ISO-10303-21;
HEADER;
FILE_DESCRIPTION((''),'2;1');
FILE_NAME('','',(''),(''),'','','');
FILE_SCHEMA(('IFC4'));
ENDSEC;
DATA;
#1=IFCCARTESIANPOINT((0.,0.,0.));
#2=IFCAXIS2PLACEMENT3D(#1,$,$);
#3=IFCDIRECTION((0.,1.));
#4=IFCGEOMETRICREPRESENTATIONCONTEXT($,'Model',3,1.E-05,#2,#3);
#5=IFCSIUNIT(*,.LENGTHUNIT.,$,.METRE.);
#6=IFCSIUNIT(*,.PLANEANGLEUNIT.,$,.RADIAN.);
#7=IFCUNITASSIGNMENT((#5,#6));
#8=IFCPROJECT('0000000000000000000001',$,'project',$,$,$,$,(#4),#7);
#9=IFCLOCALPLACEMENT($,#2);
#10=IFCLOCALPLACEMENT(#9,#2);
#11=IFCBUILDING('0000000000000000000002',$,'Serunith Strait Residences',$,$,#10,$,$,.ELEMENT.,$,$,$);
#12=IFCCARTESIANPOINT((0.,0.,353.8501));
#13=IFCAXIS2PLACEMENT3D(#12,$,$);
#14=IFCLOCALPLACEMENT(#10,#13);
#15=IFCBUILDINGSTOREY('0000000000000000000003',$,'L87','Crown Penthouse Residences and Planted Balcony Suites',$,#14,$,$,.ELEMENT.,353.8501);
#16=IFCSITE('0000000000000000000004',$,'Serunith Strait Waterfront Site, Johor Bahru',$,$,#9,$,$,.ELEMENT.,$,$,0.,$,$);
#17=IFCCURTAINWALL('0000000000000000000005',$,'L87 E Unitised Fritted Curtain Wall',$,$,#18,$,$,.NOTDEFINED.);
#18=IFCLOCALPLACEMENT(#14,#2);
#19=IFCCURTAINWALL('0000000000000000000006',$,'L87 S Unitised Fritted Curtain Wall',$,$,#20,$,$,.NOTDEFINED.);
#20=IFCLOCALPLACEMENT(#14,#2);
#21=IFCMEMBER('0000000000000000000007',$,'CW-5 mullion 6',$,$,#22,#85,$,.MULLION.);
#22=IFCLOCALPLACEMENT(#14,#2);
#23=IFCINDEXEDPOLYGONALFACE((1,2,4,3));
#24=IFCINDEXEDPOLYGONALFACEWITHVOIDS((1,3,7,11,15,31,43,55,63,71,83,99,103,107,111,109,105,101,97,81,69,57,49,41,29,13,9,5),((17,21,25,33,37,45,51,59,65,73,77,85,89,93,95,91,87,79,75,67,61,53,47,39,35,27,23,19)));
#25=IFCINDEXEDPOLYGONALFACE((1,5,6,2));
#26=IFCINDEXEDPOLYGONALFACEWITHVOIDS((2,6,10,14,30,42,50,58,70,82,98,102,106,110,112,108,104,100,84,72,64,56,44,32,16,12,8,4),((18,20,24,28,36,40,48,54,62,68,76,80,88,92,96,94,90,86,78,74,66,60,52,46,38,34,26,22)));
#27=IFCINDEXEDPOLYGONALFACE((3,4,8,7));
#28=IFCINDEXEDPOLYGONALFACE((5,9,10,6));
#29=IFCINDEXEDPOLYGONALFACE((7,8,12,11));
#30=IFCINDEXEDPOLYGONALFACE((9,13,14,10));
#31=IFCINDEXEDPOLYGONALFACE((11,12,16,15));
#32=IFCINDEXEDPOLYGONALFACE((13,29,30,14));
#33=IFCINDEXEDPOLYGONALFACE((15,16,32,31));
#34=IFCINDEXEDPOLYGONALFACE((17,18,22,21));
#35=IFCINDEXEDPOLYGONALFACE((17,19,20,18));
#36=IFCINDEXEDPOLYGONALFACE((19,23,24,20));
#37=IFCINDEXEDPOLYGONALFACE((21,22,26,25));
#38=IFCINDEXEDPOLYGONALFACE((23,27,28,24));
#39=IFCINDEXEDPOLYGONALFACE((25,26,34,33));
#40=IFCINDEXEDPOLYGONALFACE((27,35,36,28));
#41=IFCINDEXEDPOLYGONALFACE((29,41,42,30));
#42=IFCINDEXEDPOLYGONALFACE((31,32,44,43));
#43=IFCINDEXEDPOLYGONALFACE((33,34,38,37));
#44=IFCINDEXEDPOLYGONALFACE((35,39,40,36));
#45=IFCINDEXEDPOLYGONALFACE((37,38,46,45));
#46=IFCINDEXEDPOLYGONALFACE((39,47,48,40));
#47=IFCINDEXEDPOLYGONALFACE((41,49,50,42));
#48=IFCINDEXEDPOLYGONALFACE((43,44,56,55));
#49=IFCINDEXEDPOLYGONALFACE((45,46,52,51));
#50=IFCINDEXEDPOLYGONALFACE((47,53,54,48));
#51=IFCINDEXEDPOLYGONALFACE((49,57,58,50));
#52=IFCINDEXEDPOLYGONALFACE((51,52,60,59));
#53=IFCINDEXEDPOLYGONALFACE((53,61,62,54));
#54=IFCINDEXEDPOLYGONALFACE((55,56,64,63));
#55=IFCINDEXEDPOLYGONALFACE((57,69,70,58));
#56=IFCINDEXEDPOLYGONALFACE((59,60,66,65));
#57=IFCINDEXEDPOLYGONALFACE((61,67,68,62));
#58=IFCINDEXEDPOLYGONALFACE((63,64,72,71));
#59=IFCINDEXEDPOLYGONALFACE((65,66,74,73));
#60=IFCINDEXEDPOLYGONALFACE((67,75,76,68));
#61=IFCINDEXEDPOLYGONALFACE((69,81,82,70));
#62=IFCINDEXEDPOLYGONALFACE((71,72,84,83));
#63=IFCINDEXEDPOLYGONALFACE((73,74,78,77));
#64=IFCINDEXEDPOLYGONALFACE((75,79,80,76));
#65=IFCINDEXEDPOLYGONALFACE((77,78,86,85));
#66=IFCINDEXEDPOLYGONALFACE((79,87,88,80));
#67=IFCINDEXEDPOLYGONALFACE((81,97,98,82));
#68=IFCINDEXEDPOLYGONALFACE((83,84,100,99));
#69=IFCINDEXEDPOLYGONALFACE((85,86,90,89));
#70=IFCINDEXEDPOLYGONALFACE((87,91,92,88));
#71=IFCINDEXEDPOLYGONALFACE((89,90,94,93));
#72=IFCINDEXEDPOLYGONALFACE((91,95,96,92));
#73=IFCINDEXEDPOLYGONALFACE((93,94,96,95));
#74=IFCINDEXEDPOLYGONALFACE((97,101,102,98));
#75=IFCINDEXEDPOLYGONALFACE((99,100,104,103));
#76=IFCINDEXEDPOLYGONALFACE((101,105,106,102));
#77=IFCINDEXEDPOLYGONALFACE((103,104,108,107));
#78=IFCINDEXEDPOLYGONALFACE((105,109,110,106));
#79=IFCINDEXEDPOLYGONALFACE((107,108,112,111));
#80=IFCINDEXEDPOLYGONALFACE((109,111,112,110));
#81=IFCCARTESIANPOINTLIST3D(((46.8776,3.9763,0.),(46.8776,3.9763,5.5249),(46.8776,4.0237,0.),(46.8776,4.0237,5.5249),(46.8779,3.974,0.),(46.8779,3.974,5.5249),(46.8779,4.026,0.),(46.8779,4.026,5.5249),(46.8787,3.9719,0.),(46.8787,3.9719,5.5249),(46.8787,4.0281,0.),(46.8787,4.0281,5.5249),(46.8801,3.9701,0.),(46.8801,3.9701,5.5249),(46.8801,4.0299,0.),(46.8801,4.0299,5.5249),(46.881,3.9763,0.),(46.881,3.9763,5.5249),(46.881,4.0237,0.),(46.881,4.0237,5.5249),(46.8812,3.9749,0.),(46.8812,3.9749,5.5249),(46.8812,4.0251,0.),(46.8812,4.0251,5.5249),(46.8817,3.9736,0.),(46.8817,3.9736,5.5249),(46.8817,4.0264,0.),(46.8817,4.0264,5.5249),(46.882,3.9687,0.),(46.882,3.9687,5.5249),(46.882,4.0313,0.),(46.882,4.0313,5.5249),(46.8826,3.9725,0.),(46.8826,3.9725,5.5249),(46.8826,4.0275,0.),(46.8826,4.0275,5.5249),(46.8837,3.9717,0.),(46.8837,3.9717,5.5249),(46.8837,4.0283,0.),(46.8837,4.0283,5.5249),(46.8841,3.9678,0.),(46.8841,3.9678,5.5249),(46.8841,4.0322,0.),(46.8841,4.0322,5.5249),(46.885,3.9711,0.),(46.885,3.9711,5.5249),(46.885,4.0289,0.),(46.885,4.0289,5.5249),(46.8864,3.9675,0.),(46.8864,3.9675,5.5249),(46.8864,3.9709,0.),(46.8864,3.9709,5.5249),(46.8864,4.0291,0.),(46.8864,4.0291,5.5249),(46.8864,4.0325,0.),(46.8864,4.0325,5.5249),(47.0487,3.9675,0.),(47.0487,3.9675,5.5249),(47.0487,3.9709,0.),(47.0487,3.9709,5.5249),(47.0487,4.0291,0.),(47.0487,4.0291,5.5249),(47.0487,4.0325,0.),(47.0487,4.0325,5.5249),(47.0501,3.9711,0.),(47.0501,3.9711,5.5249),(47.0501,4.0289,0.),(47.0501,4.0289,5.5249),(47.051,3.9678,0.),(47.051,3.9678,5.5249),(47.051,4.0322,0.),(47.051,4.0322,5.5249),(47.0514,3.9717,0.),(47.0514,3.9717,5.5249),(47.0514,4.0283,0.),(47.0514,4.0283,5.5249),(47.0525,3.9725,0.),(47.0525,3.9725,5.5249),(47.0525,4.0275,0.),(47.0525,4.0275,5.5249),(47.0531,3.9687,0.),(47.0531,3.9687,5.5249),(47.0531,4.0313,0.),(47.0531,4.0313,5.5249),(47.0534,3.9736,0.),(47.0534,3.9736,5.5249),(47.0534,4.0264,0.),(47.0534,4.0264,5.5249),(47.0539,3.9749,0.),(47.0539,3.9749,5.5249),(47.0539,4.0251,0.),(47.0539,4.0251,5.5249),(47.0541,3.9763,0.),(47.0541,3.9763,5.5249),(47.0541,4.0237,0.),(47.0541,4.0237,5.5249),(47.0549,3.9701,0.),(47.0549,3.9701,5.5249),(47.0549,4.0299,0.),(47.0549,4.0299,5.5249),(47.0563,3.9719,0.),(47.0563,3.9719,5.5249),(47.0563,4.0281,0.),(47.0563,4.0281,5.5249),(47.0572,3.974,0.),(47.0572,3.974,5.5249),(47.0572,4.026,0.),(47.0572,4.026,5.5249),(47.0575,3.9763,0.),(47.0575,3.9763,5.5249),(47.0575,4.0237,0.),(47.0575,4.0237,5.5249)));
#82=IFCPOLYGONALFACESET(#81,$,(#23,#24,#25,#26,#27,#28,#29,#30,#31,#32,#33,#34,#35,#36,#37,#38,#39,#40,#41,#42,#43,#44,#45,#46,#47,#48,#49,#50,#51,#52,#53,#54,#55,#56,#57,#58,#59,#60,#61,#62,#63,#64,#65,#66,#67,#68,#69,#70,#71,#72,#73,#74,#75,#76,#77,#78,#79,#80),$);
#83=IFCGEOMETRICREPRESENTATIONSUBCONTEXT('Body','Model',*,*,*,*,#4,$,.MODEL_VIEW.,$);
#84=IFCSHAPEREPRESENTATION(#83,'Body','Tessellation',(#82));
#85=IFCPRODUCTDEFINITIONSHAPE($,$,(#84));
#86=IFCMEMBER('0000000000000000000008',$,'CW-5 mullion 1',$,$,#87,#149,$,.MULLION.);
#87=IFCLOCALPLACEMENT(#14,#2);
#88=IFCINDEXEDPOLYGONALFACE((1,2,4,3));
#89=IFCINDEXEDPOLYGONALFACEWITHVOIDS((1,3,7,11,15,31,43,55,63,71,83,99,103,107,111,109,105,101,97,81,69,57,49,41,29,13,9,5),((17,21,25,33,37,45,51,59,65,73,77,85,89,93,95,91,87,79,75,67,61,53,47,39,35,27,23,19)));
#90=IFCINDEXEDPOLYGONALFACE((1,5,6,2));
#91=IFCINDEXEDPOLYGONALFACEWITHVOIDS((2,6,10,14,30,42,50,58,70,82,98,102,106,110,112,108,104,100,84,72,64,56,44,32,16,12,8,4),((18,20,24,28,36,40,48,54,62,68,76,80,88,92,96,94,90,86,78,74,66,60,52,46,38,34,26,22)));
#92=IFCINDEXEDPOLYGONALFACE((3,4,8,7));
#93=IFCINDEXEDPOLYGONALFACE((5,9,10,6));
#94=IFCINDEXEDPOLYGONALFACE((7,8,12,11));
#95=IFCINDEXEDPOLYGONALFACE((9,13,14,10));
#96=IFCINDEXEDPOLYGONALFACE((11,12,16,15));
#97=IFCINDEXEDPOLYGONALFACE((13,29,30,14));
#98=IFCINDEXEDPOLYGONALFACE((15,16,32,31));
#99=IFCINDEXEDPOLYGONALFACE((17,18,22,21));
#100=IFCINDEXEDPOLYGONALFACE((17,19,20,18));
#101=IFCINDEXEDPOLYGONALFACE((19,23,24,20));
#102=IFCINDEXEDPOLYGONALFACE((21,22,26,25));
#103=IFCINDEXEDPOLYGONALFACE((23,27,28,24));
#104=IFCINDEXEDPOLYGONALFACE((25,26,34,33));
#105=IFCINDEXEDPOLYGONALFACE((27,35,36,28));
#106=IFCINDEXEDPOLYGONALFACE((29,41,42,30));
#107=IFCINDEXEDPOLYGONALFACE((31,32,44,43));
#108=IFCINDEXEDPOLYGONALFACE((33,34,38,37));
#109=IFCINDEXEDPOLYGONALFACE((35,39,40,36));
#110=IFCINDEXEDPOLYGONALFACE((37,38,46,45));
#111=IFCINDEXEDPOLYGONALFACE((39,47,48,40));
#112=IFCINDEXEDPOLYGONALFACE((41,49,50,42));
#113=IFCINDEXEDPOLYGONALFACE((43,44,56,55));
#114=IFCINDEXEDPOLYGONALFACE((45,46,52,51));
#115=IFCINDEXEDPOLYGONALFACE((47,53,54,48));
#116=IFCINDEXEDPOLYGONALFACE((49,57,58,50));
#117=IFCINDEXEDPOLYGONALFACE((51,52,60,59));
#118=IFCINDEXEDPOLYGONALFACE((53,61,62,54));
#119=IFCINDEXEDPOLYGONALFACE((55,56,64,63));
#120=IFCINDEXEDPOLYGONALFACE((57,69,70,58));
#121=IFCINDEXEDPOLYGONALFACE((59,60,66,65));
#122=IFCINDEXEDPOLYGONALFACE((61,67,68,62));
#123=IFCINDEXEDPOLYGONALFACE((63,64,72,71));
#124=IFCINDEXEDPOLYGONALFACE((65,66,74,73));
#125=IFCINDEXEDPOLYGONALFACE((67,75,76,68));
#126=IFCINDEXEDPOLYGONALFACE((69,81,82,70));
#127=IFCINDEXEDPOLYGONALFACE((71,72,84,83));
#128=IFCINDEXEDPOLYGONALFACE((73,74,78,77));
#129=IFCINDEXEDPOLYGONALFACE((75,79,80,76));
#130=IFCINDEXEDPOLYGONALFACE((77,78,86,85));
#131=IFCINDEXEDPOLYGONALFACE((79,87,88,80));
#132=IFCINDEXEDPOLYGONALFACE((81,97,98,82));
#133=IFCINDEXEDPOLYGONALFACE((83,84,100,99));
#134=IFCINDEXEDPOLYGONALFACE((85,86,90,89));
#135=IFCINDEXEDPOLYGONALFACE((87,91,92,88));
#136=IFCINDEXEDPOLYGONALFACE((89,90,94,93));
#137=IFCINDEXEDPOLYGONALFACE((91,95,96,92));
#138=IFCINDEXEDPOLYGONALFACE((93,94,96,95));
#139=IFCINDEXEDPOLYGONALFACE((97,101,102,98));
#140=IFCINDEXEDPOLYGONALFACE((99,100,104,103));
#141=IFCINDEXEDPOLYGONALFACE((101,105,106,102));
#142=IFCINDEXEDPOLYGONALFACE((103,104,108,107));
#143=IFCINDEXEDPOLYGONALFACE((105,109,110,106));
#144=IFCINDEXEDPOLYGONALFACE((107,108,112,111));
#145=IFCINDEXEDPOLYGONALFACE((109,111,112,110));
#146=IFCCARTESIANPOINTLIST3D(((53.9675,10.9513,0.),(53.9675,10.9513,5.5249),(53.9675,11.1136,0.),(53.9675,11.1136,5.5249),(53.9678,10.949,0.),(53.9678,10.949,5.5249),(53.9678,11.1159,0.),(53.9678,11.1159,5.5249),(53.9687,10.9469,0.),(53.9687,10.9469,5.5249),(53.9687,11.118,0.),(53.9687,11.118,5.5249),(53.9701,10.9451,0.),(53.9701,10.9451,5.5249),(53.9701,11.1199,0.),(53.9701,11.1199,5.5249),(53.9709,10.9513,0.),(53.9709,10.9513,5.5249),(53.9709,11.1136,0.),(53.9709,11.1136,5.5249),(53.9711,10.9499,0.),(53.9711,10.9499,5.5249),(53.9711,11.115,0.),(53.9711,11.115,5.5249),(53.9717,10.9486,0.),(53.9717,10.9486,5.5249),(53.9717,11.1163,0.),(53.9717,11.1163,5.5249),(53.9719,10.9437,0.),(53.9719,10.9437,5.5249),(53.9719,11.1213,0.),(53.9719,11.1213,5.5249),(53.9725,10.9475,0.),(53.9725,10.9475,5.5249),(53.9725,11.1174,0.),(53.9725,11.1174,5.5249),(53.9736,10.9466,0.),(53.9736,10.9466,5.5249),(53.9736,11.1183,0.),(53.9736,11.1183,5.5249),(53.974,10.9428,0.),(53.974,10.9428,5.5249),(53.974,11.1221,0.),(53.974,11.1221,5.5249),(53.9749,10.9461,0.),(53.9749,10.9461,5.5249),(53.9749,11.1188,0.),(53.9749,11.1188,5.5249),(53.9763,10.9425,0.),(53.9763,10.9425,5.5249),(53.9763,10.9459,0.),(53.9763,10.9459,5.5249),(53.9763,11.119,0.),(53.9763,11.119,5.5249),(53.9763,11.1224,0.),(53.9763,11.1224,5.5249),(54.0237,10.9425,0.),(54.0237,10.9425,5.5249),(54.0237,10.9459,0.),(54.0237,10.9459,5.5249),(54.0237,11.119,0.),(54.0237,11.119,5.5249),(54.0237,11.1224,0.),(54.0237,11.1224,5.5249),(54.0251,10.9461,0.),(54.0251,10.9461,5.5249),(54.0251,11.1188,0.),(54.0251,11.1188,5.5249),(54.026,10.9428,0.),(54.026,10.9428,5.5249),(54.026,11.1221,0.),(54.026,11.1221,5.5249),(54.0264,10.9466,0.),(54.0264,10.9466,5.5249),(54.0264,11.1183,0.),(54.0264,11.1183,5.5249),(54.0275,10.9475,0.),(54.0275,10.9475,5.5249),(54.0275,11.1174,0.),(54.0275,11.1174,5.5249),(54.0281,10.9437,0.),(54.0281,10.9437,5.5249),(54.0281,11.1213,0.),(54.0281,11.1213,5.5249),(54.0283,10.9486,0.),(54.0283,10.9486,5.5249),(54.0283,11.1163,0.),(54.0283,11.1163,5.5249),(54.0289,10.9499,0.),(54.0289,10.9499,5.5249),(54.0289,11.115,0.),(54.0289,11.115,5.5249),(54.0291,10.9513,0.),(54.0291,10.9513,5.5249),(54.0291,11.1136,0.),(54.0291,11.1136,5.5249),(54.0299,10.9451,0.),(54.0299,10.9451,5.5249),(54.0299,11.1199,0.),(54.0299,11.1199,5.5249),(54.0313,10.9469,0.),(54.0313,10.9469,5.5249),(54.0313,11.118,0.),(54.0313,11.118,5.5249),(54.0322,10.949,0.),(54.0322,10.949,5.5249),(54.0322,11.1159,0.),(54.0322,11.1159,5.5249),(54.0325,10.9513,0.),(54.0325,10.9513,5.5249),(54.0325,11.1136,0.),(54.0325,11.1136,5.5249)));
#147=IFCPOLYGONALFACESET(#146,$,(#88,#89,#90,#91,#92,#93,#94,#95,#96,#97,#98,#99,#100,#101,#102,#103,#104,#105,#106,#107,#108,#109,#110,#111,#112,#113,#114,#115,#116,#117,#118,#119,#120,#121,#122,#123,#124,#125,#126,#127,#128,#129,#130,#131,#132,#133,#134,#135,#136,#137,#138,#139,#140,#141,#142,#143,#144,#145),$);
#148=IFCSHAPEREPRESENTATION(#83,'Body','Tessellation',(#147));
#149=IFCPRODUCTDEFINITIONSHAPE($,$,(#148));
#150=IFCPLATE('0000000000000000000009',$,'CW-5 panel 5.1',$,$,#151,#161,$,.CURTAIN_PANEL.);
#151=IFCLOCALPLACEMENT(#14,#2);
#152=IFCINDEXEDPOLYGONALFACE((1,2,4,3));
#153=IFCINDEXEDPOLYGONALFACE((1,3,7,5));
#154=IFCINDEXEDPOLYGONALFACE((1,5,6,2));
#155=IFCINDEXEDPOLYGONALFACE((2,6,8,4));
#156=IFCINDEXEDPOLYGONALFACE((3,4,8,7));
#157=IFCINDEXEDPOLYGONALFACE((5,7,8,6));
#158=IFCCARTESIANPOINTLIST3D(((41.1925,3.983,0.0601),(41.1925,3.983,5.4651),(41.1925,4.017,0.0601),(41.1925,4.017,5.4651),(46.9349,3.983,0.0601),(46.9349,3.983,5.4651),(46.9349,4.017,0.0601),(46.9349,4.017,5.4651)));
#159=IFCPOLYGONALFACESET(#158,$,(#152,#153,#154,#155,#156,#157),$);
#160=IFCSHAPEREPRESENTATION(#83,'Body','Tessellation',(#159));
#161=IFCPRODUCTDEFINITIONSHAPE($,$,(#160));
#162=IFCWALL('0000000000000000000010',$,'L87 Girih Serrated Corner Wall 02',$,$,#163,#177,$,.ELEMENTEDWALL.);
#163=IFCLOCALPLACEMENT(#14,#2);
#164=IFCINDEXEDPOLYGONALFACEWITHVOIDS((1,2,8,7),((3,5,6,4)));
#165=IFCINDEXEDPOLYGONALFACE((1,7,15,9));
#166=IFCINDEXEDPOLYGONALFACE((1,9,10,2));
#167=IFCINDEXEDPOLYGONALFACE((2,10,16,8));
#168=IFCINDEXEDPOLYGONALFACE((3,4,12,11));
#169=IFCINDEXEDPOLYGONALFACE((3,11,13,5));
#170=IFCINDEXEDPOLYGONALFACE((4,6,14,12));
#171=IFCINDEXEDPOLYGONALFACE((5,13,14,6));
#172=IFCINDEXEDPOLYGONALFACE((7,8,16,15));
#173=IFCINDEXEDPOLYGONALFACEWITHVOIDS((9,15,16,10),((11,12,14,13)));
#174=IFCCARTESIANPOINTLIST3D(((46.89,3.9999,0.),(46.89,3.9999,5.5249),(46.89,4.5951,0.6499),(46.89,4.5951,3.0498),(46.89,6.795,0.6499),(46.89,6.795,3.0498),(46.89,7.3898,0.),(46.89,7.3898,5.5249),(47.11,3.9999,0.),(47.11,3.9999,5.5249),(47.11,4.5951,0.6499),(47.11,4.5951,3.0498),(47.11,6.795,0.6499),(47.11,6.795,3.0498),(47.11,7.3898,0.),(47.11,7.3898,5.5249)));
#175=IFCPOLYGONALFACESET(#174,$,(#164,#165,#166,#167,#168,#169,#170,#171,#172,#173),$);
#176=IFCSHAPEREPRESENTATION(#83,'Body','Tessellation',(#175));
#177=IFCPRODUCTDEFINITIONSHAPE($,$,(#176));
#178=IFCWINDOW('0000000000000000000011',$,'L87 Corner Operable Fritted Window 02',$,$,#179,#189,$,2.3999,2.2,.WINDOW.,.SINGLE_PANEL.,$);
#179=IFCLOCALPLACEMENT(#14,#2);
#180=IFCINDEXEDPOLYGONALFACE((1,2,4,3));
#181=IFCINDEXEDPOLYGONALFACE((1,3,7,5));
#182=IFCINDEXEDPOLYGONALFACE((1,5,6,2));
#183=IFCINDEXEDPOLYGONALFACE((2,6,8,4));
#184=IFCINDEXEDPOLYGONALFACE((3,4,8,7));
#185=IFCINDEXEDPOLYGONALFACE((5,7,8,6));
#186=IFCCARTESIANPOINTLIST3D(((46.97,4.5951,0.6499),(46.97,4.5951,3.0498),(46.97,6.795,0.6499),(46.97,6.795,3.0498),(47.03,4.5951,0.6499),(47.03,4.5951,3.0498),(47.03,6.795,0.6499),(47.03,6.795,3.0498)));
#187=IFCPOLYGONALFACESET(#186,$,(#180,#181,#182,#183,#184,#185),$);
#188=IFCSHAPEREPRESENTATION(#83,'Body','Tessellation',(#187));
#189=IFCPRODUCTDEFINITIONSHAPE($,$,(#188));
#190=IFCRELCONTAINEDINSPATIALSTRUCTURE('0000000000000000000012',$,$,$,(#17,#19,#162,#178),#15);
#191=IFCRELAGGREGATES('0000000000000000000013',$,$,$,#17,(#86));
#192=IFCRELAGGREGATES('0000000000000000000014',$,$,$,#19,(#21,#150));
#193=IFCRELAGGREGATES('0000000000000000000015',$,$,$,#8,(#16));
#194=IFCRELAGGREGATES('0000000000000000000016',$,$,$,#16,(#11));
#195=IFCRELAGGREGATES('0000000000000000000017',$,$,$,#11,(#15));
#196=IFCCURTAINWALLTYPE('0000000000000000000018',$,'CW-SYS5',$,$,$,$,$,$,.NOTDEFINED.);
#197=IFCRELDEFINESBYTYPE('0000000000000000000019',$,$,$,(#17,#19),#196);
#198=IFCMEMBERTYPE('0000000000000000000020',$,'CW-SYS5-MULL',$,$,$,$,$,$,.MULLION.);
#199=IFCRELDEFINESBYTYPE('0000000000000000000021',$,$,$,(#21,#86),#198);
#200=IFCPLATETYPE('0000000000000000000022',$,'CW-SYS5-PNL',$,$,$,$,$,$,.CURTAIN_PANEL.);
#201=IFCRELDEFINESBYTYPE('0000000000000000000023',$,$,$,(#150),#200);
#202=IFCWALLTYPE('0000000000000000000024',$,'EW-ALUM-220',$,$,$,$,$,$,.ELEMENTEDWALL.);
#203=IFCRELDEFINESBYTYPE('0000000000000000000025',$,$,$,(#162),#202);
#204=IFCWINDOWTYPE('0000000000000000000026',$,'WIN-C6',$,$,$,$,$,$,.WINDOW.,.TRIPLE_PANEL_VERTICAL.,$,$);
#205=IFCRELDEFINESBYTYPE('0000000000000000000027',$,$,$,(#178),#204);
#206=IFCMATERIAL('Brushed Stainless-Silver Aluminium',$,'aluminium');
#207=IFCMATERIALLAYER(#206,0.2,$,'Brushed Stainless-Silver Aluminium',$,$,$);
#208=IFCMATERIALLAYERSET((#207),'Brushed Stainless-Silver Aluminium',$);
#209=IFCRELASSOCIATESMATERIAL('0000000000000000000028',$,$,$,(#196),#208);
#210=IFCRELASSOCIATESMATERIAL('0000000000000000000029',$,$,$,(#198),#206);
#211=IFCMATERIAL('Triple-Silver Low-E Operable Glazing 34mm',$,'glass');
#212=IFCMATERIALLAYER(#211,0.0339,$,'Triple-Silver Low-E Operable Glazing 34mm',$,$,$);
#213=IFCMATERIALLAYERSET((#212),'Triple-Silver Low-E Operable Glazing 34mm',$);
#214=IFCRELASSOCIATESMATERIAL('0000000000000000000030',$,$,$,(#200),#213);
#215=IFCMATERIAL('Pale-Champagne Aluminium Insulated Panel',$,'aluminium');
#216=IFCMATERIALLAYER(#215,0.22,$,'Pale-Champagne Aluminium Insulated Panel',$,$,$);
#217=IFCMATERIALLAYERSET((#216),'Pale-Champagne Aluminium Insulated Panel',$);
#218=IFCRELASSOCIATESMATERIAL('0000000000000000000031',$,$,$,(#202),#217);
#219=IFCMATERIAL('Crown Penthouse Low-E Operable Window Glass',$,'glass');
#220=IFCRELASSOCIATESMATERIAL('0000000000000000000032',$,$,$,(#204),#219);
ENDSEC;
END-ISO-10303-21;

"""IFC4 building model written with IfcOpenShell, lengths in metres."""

from ifc_helpers import new_model, si_unit, direction, frame, frame_2d, origin, origin_2d, place, context, subcontext, project, spatial, rectangle, hollow_rectangle, extrude, source, transform, mapped, material, layer, layer_set, material_profile, profile_set, type_object, element, fill, aggregate, save


model = new_model("IFC4")

# Units and contexts
model_context = context("Model", 3, precision=1e-05, world=origin(), true_north=direction((0.0, 1.0)))
body_context = subcontext(model_context, "Body", "Model", "MODEL_VIEW")
ifc_project = project(units=[si_unit("LENGTHUNIT", "METRE"), si_unit("PLANEANGLEUNIT", "RADIAN")], contexts=[model_context])

# Site, building, storey
site_placement = place(None, origin())
site = spatial("IfcSite", under=ifc_project, at=site_placement, Name="Serunith Strait Waterfront Site, Johor Bahru", CompositionType="ELEMENT", RefElevation=0.0)
building_placement = place(site_placement, origin())
building = spatial("IfcBuilding", under=site, at=building_placement, Name="Serunith Strait Residences", CompositionType="ELEMENT")
storey_placement = place(building_placement, frame((0.0, 0.0, 353.8501)))
storey = spatial("IfcBuildingStorey", under=building, at=storey_placement, Name="L87", Description="Crown Penthouse Residences and Planted Balcony Suites", CompositionType="ELEMENT", Elevation=353.8501)

# Curtain walls, member
ifc_material_1 = material(Name="Brushed Stainless-Silver Aluminium", Category="aluminium")
ifc_layer_1 = layer(ifc_material_1, 0.2, Name="Brushed Stainless-Silver Aluminium")
ifc_layer_set_1 = layer_set([ifc_layer_1], Name="Brushed Stainless-Silver Aluminium")
curtain_wall_type = type_object("IfcCurtainWallType", Name="CW-SYS5", PredefinedType="NOTDEFINED", material=ifc_layer_set_1)
curtain_wall_1_placement = place(storey_placement, origin())
curtain_wall_1 = element("IfcCurtainWall", 1, at=curtain_wall_1_placement, inside=storey, type_object=curtain_wall_type, Name="L87 E Unitised Fritted Curtain Wall", PredefinedType="NOTDEFINED")
curtain_wall_2_placement = place(storey_placement, origin())
curtain_wall_2 = element("IfcCurtainWall", 2, at=curtain_wall_2_placement, inside=storey, type_object=curtain_wall_type, Name="L87 S Unitised Fritted Curtain Wall", PredefinedType="NOTDEFINED")
ifc_material_profile_1 = material_profile(ifc_material_1, hollow_rectangle(XDim=0.0649, YDim=0.1799, WallThickness=0.0034, InnerFilletRadius=0.0054, OuterFilletRadius=0.0088, at=origin_2d()), Name="ALU 180x65x3.5")
ifc_profile_set_1 = profile_set([ifc_material_profile_1], Name="Brushed Stainless-Silver Aluminium")
member_type_1 = type_object("IfcMemberType", Name="CW-SYS5-MULL", PredefinedType="MULLION", material=ifc_profile_set_1)
shared_shape_1 = source(origin(), body_context, "Body", "SweptSolid", [
    extrude(hollow_rectangle(XDim=0.0649, YDim=0.1799, WallThickness=0.0034, InnerFilletRadius=0.0054, OuterFilletRadius=0.0088, at=origin_2d()), origin(), (0.0, 0.0, 1.0), 5.5249),
])
member_1_placement = place(storey_placement, frame((46.9675, 4.0, 0.0), z_axis=(0.0, 0.0, 1.0), x_axis=(0.0, 1.0, 0.0)))
member_1 = element("IfcMember", 3, at=member_1_placement, type_object=member_type_1, Name="CW-5 mullion 6", PredefinedType="MULLION", context=body_context, shape_type="MappedRepresentation", body=[
    mapped(shared_shape_1, transform((0.0, 0.0, 0.0), scale=1.0)),
])

# Member
member_2_placement = place(storey_placement, frame((54.0, 11.0325, 0.0), z_axis=(0.0, 0.0, 1.0), x_axis=(-1.0, 0.0, 0.0)))
member_2 = element("IfcMember", 4, at=member_2_placement, type_object=member_type_1, Name="CW-5 mullion 1", PredefinedType="MULLION", context=body_context, shape_type="MappedRepresentation", body=[
    mapped(shared_shape_1, transform((0.0, 0.0, 0.0), scale=1.0)),
])
aggregate(curtain_wall_1, [member_2])

# Plate
ifc_material_2 = material(Name="Triple-Silver Low-E Operable Glazing 34mm", Category="glass")
ifc_layer_2 = layer(ifc_material_2, 0.0339, Name="Triple-Silver Low-E Operable Glazing 34mm")
ifc_layer_set_2 = layer_set([ifc_layer_2], Name="Triple-Silver Low-E Operable Glazing 34mm")
plate_type = type_object("IfcPlateType", Name="CW-SYS5-PNL", PredefinedType="CURTAIN_PANEL", material=ifc_layer_set_2)
shared_shape_2 = source(origin(), body_context, "Body", "SweptSolid", [
    extrude(rectangle(XDim=5.7424, YDim=0.0339, at=origin_2d()), origin(), (0.0, 0.0, 1.0), 5.405),
])
plate_placement = place(storey_placement, frame((44.0637, 4.0, 0.0601), z_axis=(0.0, 0.0, 1.0), x_axis=(1.0, 0.0, 0.0)))
plate = element("IfcPlate", 5, at=plate_placement, type_object=plate_type, Name="CW-5 panel 5.1", PredefinedType="CURTAIN_PANEL", context=body_context, shape_type="MappedRepresentation", body=[
    mapped(shared_shape_2, transform((0.0, 0.0, 0.0), scale=1.0)),
])
aggregate(curtain_wall_2, [member_1, plate])

# Wall, opening, window
ifc_material_3 = material(Name="Pale-Champagne Aluminium Insulated Panel", Category="aluminium")
ifc_layer_3 = layer(ifc_material_3, 0.22, Name="Pale-Champagne Aluminium Insulated Panel")
ifc_layer_set_3 = layer_set([ifc_layer_3], Name="Pale-Champagne Aluminium Insulated Panel")
wall_type_1 = type_object("IfcWallType", Name="EW-ALUM-220", PredefinedType="ELEMENTEDWALL", material=ifc_layer_set_3)
wall_1_placement = place(storey_placement, frame((47.0, 4.0, 0.0), z_axis=(0.0, 0.0, 1.0), x_axis=(0.0, 1.0, 0.0)))
wall_1 = element("IfcWall", 6, at=wall_1_placement, inside=storey, type_object=wall_type_1, Name="L87 Girih Serrated Corner Wall 02", PredefinedType="ELEMENTEDWALL", context=body_context, shape_type="SweptSolid", body=[
    extrude(rectangle(XDim=3.3899, YDim=0.22, at=frame_2d((1.6948, 0.0))), origin(), (0.0, 0.0, 1.0), 5.5249),
])
opening_1_placement = place(wall_1_placement, frame((0.595, 0.0, 0.6499)))
opening_1 = element("IfcOpeningElement", 7, at=opening_1_placement, cuts=wall_1, PredefinedType="OPENING", context=body_context, shape_type="SweptSolid", body=[
    extrude(rectangle(XDim=2.2, YDim=2.3999, at=frame_2d((1.1001, 1.2))), frame((0.0, 0.1201, 0.0), z_axis=(0.0, -1.0, 0.0), x_axis=(1.0, 0.0, 0.0)), (0.0, 0.0, 1.0), 0.24),
])
ifc_material_4 = material(Name="Crown Penthouse Low-E Operable Window Glass", Category="glass")
window_type = type_object("IfcWindowType", Name="WIN-C6", PartitioningType="TRIPLE_PANEL_VERTICAL", PredefinedType="WINDOW", material=ifc_material_4)
shared_shape_3 = source(origin(), body_context, "Body", "SweptSolid", [
    extrude(rectangle(XDim=2.2, YDim=2.3999, at=frame_2d((1.1001, 1.2))), frame((0.0, 0.03, 0.0), z_axis=(0.0, -1.0, 0.0), x_axis=(1.0, 0.0, 0.0)), (0.0, 0.0, 1.0), 0.0601),
])
window_1_placement = place(opening_1_placement, origin())
window_1 = element("IfcWindow", 8, at=window_1_placement, inside=storey, type_object=window_type, Name="L87 Corner Operable Fritted Window 02", OverallHeight=2.3999, OverallWidth=2.2, PartitioningType="SINGLE_PANEL", PredefinedType="WINDOW", context=body_context, shape_type="MappedRepresentation", body=[
    mapped(shared_shape_3, transform((0.0, 0.0, 0.0), scale=1.0)),
])
fill(opening_1, window_1)

save(model, "model.ifc")
